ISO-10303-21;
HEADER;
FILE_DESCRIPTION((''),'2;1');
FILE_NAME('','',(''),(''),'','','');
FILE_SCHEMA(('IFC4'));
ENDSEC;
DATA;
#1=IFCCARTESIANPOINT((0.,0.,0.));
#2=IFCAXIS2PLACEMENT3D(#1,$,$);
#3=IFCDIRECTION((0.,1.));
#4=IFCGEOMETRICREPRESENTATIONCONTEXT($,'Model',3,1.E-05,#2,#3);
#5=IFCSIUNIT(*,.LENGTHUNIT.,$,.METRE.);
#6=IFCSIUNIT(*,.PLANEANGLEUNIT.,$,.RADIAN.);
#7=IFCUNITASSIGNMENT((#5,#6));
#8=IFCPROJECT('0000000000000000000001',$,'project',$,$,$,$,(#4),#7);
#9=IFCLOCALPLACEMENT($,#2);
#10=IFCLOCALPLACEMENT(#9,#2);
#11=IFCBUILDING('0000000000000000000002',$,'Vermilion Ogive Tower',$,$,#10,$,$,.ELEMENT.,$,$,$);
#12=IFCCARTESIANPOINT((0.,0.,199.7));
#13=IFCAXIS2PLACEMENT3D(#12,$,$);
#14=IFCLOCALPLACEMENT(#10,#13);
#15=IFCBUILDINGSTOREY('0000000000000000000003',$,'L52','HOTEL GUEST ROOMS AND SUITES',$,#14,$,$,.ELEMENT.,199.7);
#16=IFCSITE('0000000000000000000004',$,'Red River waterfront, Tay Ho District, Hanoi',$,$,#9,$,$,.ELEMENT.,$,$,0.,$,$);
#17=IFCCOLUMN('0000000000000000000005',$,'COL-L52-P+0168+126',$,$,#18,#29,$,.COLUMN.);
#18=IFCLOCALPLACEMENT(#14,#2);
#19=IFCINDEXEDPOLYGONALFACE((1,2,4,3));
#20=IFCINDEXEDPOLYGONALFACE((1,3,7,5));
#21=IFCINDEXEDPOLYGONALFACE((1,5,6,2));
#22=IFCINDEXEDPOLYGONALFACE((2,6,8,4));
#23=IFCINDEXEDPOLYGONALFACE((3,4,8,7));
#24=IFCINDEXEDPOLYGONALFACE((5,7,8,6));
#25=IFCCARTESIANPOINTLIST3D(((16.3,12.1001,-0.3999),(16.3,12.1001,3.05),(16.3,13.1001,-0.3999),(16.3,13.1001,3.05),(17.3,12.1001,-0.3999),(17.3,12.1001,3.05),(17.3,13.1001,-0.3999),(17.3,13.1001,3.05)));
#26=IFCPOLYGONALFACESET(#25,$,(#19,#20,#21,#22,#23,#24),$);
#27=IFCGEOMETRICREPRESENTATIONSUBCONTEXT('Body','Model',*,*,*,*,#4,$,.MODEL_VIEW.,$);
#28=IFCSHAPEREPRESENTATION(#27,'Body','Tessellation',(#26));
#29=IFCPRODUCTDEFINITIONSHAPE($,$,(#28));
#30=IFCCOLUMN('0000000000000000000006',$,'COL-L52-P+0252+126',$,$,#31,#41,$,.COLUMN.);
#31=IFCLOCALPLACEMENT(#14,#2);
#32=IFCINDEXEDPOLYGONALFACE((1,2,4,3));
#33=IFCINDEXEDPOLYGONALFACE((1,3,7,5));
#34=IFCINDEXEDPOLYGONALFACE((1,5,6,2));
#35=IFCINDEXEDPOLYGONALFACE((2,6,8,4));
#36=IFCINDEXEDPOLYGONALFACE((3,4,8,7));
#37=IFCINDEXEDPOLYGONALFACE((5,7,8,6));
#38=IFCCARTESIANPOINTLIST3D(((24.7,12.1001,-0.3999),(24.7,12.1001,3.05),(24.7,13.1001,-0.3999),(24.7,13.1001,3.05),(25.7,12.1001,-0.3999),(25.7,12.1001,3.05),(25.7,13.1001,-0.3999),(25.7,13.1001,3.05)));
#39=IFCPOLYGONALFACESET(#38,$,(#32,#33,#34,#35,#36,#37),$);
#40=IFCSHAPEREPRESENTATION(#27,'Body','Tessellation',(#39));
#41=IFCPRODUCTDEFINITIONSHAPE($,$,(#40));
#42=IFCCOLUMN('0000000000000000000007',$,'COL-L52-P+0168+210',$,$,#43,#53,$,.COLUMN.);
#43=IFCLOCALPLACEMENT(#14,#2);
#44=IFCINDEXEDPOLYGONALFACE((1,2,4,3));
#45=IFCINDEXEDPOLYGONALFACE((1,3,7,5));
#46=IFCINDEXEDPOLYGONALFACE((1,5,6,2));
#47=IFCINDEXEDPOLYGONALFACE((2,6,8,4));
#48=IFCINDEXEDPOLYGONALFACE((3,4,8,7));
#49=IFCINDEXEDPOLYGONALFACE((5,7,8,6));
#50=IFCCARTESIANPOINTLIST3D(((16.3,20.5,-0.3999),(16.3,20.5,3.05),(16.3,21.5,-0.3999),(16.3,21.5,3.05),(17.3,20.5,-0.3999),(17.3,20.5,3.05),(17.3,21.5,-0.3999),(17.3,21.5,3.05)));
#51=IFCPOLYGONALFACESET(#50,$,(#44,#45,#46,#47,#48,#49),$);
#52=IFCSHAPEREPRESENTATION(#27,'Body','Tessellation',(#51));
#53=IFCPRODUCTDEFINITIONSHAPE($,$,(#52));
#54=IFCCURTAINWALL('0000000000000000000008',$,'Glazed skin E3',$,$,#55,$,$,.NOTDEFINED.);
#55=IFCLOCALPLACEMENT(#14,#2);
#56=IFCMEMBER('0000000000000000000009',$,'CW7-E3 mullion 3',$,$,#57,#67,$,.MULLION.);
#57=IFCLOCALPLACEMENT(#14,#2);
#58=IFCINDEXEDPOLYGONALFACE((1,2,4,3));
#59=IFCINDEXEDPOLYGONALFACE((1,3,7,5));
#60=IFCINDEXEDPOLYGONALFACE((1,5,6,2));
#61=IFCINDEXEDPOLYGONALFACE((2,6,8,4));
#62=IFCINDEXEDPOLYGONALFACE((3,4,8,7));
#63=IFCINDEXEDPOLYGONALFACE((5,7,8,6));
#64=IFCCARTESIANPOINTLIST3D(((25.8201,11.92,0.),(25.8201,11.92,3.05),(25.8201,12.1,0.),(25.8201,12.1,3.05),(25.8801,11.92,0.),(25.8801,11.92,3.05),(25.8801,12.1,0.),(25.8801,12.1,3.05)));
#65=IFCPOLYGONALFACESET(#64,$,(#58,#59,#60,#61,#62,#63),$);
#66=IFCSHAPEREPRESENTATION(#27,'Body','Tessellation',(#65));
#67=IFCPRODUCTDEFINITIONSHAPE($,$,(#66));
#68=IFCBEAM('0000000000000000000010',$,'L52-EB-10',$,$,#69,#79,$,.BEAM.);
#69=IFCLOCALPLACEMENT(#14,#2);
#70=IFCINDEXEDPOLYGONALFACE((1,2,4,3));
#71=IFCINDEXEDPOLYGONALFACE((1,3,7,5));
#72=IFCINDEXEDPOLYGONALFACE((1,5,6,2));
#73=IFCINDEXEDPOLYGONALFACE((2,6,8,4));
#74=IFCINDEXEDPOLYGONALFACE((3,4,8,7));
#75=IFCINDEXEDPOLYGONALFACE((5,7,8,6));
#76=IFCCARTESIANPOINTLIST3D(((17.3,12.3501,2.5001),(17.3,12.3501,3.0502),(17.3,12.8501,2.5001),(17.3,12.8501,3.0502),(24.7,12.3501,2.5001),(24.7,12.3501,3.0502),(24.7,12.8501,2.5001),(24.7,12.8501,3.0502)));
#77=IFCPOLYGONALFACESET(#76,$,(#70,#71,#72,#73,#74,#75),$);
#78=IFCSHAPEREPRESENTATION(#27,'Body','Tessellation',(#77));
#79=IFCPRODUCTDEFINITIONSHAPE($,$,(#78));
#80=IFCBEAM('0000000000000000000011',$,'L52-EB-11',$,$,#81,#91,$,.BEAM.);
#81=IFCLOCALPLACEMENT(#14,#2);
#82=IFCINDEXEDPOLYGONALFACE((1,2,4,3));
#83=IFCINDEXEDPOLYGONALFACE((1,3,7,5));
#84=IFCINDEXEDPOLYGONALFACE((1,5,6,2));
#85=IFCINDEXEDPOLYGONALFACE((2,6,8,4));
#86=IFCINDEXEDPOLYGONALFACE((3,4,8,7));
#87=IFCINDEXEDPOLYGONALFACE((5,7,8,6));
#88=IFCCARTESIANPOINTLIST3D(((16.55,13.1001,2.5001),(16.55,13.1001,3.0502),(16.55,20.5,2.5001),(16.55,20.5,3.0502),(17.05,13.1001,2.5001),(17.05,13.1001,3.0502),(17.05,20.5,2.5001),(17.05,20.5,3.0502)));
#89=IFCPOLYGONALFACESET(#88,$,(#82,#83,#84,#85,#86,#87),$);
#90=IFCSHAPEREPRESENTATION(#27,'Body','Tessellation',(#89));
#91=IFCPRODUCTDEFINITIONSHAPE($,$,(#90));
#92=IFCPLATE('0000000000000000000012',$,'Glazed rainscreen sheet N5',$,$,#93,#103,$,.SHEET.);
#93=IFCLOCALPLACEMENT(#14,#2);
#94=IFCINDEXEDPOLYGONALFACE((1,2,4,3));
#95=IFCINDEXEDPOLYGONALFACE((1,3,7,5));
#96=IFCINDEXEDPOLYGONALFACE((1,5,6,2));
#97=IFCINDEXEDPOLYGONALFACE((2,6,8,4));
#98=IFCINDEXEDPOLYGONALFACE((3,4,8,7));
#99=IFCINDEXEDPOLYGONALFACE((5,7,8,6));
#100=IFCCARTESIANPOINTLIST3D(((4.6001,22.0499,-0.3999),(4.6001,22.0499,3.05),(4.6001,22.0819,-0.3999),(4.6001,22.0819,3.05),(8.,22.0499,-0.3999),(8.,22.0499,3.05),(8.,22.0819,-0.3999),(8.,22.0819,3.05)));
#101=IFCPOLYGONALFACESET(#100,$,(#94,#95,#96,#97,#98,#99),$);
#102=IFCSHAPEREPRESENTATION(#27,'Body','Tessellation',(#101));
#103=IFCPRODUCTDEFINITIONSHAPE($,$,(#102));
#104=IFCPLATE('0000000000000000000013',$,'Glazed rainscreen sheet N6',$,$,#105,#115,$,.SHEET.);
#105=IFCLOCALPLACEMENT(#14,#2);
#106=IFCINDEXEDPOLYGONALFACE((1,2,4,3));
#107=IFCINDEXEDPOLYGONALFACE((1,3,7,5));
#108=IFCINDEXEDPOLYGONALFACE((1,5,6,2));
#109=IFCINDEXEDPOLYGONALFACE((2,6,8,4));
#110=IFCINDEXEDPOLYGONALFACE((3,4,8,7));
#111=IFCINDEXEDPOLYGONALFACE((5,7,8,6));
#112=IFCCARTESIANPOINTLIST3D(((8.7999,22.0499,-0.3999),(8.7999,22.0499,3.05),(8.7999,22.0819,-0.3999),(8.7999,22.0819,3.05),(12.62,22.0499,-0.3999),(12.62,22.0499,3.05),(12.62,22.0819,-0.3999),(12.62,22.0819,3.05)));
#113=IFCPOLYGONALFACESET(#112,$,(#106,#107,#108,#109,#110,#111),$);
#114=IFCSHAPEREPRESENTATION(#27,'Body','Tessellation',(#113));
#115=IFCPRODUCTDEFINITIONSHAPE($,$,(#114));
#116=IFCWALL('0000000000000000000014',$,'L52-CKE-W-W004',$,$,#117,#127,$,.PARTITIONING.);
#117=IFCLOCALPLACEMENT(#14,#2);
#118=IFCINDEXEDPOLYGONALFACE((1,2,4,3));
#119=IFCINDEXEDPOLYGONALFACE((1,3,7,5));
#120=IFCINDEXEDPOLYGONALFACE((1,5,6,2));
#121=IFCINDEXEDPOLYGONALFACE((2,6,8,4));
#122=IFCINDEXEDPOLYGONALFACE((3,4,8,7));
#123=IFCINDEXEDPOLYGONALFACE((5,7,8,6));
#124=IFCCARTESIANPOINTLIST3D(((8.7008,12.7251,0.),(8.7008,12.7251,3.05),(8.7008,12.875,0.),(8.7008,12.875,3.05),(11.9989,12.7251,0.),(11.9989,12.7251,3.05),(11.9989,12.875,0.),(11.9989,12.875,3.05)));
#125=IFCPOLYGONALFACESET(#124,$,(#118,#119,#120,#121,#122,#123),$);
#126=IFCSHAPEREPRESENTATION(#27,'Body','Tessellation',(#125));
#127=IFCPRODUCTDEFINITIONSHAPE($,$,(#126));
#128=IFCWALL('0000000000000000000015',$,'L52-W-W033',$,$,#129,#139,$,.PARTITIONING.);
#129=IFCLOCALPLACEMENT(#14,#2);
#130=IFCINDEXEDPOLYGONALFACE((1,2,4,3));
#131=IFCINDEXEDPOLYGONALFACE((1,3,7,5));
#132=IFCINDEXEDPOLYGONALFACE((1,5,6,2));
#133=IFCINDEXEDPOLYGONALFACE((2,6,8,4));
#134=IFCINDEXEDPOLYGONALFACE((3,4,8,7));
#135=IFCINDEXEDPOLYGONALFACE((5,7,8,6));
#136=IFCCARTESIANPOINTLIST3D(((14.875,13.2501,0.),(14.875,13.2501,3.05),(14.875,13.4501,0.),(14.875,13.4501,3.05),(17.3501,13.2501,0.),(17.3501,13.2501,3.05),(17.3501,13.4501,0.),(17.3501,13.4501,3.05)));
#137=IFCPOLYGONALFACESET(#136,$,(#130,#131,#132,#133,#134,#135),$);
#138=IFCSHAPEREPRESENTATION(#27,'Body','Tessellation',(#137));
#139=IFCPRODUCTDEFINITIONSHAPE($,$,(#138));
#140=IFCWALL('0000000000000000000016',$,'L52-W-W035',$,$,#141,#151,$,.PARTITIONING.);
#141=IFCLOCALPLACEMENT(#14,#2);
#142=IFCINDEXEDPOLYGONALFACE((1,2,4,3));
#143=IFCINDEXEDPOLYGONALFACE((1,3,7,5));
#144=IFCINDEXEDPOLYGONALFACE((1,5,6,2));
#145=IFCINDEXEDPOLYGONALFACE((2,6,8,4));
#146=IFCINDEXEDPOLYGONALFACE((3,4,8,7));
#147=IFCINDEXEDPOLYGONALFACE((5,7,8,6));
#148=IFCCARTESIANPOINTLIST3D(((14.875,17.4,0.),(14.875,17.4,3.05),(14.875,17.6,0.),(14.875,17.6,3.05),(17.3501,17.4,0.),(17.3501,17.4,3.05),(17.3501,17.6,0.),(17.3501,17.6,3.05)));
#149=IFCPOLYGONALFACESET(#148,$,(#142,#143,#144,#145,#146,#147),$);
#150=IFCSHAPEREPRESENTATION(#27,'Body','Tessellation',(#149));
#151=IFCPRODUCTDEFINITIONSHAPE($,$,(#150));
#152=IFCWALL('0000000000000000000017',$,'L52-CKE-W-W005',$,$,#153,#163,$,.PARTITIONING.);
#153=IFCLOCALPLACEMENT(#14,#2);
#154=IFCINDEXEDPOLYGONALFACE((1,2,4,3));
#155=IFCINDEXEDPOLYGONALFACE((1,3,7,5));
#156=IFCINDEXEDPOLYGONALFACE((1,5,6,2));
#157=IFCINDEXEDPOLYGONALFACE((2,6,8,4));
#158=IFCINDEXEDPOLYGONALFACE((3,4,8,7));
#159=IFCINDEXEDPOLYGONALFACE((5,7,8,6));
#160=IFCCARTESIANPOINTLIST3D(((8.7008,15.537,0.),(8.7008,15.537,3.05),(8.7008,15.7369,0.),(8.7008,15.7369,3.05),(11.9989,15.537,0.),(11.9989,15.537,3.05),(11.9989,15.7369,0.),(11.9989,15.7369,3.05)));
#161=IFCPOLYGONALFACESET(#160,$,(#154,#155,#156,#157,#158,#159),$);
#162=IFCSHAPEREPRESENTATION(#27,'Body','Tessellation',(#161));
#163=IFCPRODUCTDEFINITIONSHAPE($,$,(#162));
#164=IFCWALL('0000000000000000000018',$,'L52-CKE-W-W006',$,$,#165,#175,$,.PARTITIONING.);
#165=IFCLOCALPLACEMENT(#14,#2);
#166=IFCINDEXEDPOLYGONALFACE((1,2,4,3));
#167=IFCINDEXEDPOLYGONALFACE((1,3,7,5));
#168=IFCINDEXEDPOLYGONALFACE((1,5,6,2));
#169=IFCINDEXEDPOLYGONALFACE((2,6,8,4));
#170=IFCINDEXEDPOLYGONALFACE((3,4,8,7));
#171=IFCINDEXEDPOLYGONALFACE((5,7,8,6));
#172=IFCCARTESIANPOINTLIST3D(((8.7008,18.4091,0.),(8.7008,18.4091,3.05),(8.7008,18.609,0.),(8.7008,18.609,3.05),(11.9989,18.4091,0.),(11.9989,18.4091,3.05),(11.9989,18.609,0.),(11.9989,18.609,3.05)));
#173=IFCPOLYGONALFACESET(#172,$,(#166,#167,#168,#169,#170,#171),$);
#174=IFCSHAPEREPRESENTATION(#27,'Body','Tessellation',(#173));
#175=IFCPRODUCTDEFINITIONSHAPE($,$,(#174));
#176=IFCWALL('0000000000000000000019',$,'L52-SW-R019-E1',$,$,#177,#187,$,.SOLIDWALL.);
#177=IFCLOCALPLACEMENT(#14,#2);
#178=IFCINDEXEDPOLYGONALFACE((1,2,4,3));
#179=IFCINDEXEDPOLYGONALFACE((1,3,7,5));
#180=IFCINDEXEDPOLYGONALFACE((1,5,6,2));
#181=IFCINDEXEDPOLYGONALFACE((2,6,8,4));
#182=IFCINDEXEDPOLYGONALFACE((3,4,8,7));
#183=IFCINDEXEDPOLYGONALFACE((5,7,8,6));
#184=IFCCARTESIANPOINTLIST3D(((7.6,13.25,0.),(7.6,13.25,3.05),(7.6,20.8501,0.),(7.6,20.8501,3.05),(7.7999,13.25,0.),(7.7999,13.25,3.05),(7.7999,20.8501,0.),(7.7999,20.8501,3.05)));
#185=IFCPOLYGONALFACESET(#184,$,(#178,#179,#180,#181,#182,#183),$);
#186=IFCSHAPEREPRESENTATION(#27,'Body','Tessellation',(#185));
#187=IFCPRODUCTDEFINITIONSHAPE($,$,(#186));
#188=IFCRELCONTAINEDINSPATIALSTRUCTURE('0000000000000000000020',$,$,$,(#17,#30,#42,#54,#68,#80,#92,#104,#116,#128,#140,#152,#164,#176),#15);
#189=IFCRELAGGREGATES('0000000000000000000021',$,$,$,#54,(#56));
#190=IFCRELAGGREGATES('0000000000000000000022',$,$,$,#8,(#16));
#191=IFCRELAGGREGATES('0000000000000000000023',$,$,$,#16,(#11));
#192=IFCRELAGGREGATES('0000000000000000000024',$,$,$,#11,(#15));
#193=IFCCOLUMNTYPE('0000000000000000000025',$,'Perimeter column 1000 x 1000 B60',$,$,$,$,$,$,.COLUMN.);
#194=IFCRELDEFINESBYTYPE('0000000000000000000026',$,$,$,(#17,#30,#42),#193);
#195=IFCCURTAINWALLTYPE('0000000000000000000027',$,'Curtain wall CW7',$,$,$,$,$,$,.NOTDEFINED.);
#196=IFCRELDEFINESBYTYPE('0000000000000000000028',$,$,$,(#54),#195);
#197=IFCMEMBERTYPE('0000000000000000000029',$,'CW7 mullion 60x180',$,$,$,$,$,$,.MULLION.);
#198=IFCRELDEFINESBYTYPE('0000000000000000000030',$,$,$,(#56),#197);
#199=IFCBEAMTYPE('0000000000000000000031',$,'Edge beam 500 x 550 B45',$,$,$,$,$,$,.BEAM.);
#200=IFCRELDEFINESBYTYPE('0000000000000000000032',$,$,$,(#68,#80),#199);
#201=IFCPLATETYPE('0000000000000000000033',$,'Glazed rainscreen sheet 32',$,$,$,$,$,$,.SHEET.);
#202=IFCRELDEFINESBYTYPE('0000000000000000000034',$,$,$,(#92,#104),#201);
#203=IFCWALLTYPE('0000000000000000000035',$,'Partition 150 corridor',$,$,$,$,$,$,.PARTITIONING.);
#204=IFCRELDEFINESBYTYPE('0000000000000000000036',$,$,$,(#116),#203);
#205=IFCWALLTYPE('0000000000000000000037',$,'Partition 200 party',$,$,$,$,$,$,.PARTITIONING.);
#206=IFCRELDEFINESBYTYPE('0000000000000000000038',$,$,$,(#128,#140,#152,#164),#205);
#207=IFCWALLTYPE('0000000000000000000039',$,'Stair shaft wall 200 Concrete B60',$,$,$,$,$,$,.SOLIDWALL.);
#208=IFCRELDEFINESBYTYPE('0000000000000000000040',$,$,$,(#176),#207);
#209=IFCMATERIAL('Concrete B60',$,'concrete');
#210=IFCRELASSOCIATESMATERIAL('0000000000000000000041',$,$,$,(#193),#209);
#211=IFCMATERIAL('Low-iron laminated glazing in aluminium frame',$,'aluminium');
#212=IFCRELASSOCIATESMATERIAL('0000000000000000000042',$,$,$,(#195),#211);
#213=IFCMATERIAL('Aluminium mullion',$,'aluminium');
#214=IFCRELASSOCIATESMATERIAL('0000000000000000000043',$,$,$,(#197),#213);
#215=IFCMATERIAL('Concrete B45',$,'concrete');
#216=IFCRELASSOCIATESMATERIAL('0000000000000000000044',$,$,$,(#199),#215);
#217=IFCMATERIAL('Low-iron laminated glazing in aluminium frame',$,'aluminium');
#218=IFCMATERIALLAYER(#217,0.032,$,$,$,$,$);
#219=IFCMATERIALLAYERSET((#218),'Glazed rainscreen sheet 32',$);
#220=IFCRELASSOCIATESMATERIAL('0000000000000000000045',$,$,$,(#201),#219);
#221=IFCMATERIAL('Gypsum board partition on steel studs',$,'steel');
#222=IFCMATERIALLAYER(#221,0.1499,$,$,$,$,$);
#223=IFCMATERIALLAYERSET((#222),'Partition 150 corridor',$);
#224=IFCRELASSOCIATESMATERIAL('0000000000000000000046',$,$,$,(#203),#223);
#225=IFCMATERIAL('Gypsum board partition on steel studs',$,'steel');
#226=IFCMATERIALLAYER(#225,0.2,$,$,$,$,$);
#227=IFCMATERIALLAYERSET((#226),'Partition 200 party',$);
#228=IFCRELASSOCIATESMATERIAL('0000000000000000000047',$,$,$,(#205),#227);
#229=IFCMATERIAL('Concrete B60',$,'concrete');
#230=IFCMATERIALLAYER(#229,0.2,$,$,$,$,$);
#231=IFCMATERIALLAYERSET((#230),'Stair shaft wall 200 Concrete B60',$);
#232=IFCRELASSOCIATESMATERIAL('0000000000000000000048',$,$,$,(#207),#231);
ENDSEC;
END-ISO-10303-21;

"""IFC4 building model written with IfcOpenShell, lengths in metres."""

from ifc_helpers import new_model, si_unit, direction, frame, frame_2d, origin, origin_2d, place, context, subcontext, project, spatial, rectangle, extrude, material, layer, layer_set, material_profile, profile_set, type_object, element, aggregate, save


model = new_model("IFC4")

# Units and contexts
model_context = context("Model", 3, precision=1e-05, world=origin(), true_north=direction((0.0, 1.0)))
body_context = subcontext(model_context, "Body", "Model", "MODEL_VIEW")
ifc_project = project(units=[si_unit("LENGTHUNIT", "METRE"), si_unit("PLANEANGLEUNIT", "RADIAN")], contexts=[model_context])

# Site, building, storey
site_placement = place(None, origin())
site = spatial("IfcSite", under=ifc_project, at=site_placement, Name="Red River waterfront, Tay Ho District, Hanoi", CompositionType="ELEMENT", RefElevation=0.0)
building_placement = place(site_placement, origin())
building = spatial("IfcBuilding", under=site, at=building_placement, Name="Vermilion Ogive Tower", CompositionType="ELEMENT")
storey_placement = place(building_placement, frame((0.0, 0.0, 199.7)))
storey = spatial("IfcBuildingStorey", under=building, at=storey_placement, Name="L52", Description="HOTEL GUEST ROOMS AND SUITES", CompositionType="ELEMENT", Elevation=199.7)

# Columns
ifc_material_1 = material(Name="Concrete B60", Category="concrete")
ifc_material_profile_1 = material_profile(ifc_material_1, rectangle(XDim=1.0, YDim=1.0, at=origin_2d()), Name="1000 x 1000")
ifc_profile_set_1 = profile_set([ifc_material_profile_1], Name="Concrete B60")
column_type = type_object("IfcColumnType", Name="Perimeter column 1000 x 1000 B60", PredefinedType="COLUMN", material=ifc_profile_set_1)
for number, where, z_axis, x_axis, name in (
    (1, (16.8, 12.6001, -0.3999), (0.0, 0.0, 1.0), (1.0, 0.0, 0.0), "COL-L52-P+0168+126"),
    (2, (25.2, 12.6001, -0.3999), (0.0, 0.0, 1.0), (1.0, 0.0, 0.0), "COL-L52-P+0252+126"),
    (3, (16.8, 21.0, -0.3999), (0.0, 0.0, 1.0), (1.0, 0.0, 0.0), "COL-L52-P+0168+210"),
):
    element("IfcColumn", number, at=place(storey_placement, frame(where, z_axis=z_axis, x_axis=x_axis)), inside=storey, type_object=column_type, Name=name, PredefinedType="COLUMN", context=body_context, shape_type="SweptSolid", body=[
        extrude(rectangle(XDim=1.0, YDim=1.0, at=origin_2d()), origin(), (0.0, 0.0, 1.0), 3.45),
    ])

# Curtain wall, member
ifc_material_2 = material(Name="Low-iron laminated glazing in aluminium frame", Category="aluminium")
curtain_wall_type = type_object("IfcCurtainWallType", Name="Curtain wall CW7", PredefinedType="NOTDEFINED", material=ifc_material_2)
curtain_wall_placement = place(storey_placement, origin())
curtain_wall = element("IfcCurtainWall", 4, at=curtain_wall_placement, inside=storey, type_object=curtain_wall_type, Name="Glazed skin E3", PredefinedType="NOTDEFINED")
ifc_material_3 = material(Name="Aluminium mullion", Category="aluminium")
ifc_material_profile_2 = material_profile(ifc_material_3, rectangle(XDim=0.0601, YDim=0.1799, at=origin_2d()), Name="AL 60x180")
ifc_profile_set_2 = profile_set([ifc_material_profile_2], Name="Aluminium mullion")
member_type = type_object("IfcMemberType", Name="CW7 mullion 60x180", PredefinedType="MULLION", material=ifc_profile_set_2)
member_placement = place(storey_placement, frame((25.8501, 12.01, 0.0), z_axis=(0.0, 0.0, 1.0), x_axis=(-1.0, 0.0, 0.0)))
member = element("IfcMember", 5, at=member_placement, type_object=member_type, Name="CW7-E3 mullion 3", PredefinedType="MULLION", context=body_context, shape_type="SweptSolid", body=[
    extrude(rectangle(XDim=0.0601, YDim=0.1799, at=origin_2d()), origin(), (0.0, 0.0, 1.0), 3.05),
])
aggregate(curtain_wall, [member])

# Beams
ifc_material_4 = material(Name="Concrete B45", Category="concrete")
ifc_material_profile_3 = material_profile(ifc_material_4, rectangle(XDim=0.5, YDim=0.55, at=origin_2d()), Name="500 x 550")
ifc_profile_set_3 = profile_set([ifc_material_profile_3], Name="Concrete B45")
beam_type = type_object("IfcBeamType", Name="Edge beam 500 x 550 B45", PredefinedType="BEAM", material=ifc_profile_set_3)
for number, where, z_axis, x_axis, name in (
    (6, (24.7, 12.6001, 2.7751), (-1.0, 0.0, 0.0), (0.0, -1.0, 0.0), "L52-EB-10"),
    (7, (16.8, 13.1001, 2.7751), (0.0, 1.0, 0.0), (-1.0, 0.0, 0.0), "L52-EB-11"),
):
    element("IfcBeam", number, at=place(storey_placement, frame(where, z_axis=z_axis, x_axis=x_axis)), inside=storey, type_object=beam_type, Name=name, PredefinedType="BEAM", context=body_context, shape_type="SweptSolid", body=[
        extrude(rectangle(XDim=0.5, YDim=0.55, at=origin_2d()), origin(), (0.0, 0.0, 1.0), 7.3999),
    ])

# Plates
ifc_material_5 = material(Name="Low-iron laminated glazing in aluminium frame", Category="aluminium")
ifc_layer_1 = layer(ifc_material_5, 0.032)
ifc_layer_set_1 = layer_set([ifc_layer_1], Name="Glazed rainscreen sheet 32")
plate_type = type_object("IfcPlateType", Name="Glazed rainscreen sheet 32", PredefinedType="SHEET", material=ifc_layer_set_1)
plate_1_placement = place(storey_placement, frame((6.3, 22.0659, -0.3999), z_axis=(0.0, 0.0, 1.0), x_axis=(1.0, 0.0, 0.0)))
element("IfcPlate", 8, at=plate_1_placement, inside=storey, type_object=plate_type, Name="Glazed rainscreen sheet N5", PredefinedType="SHEET", context=body_context, shape_type="SweptSolid", body=[
    extrude(rectangle(XDim=3.3999, YDim=0.032, at=origin_2d()), origin(), (0.0, 0.0, 1.0), 3.45),
])
plate_2_placement = place(storey_placement, frame((10.71, 22.0659, -0.3999), z_axis=(0.0, 0.0, 1.0), x_axis=(1.0, 0.0, 0.0)))
element("IfcPlate", 9, at=plate_2_placement, inside=storey, type_object=plate_type, Name="Glazed rainscreen sheet N6", PredefinedType="SHEET", context=body_context, shape_type="SweptSolid", body=[
    extrude(rectangle(XDim=3.8201, YDim=0.032, at=origin_2d()), origin(), (0.0, 0.0, 1.0), 3.45),
])

# Walls
ifc_material_6 = material(Name="Gypsum board partition on steel studs", Category="steel")
ifc_layer_2 = layer(ifc_material_6, 0.1499)
ifc_layer_set_2 = layer_set([ifc_layer_2], Name="Partition 150 corridor")
wall_type_1 = type_object("IfcWallType", Name="Partition 150 corridor", PredefinedType="PARTITIONING", material=ifc_layer_set_2)
wall_1_placement = place(storey_placement, frame((8.7009, 12.8, 0.0), z_axis=(0.0, 0.0, 1.0), x_axis=(1.0, 0.0, 0.0)))
element("IfcWall", 10, at=wall_1_placement, inside=storey, type_object=wall_type_1, Name="L52-CKE-W-W004", PredefinedType="PARTITIONING", context=body_context, shape_type="SweptSolid", body=[
    extrude(rectangle(XDim=3.2981, YDim=0.1499, at=frame_2d((1.6489, 0.0))), origin(), (0.0, 0.0, 1.0), 3.05),
])
ifc_material_7 = material(Name="Gypsum board partition on steel studs", Category="steel")
ifc_layer_3 = layer(ifc_material_7, 0.2)
ifc_layer_set_3 = layer_set([ifc_layer_3], Name="Partition 200 party")
wall_type_2 = type_object("IfcWallType", Name="Partition 200 party", PredefinedType="PARTITIONING", material=ifc_layer_set_3)
for number, where, z_axis, x_axis, name in (
    (11, (14.875, 13.3501, 0.0), (0.0, 0.0, 1.0), (1.0, 0.0, 0.0), "L52-W-W033"),
    (12, (14.875, 17.5, 0.0), (0.0, 0.0, 1.0), (1.0, 0.0, 0.0), "L52-W-W035"),
):
    element("IfcWall", number, at=place(storey_placement, frame(where, z_axis=z_axis, x_axis=x_axis)), inside=storey, type_object=wall_type_2, Name=name, PredefinedType="PARTITIONING", context=body_context, shape_type="SweptSolid", body=[
        extrude(rectangle(XDim=2.4751, YDim=0.2, at=frame_2d((1.2375, 0.0))), origin(), (0.0, 0.0, 1.0), 3.05),
    ])
for number, where, z_axis, x_axis, name in (
    (13, (8.7009, 15.637, 0.0), (0.0, 0.0, 1.0), (1.0, 0.0, 0.0), "L52-CKE-W-W005"),
    (14, (8.7009, 18.509, 0.0), (0.0, 0.0, 1.0), (1.0, 0.0, 0.0), "L52-CKE-W-W006"),
):
    element("IfcWall", number, at=place(storey_placement, frame(where, z_axis=z_axis, x_axis=x_axis)), inside=storey, type_object=wall_type_2, Name=name, PredefinedType="PARTITIONING", context=body_context, shape_type="SweptSolid", body=[
        extrude(rectangle(XDim=3.2981, YDim=0.2, at=frame_2d((1.6489, 0.0))), origin(), (0.0, 0.0, 1.0), 3.05),
    ])
ifc_material_8 = material(Name="Concrete B60", Category="concrete")
ifc_layer_4 = layer(ifc_material_8, 0.2)
ifc_layer_set_4 = layer_set([ifc_layer_4], Name="Stair shaft wall 200 Concrete B60")
wall_type_3 = type_object("IfcWallType", Name="Stair shaft wall 200 Concrete B60", PredefinedType="SOLIDWALL", material=ifc_layer_set_4)
wall_2_placement = place(storey_placement, frame((7.7, 13.25, 0.0), z_axis=(0.0, 0.0, 1.0), x_axis=(0.0, 1.0, 0.0)))
element("IfcWall", 15, at=wall_2_placement, inside=storey, type_object=wall_type_3, Name="L52-SW-R019-E1", PredefinedType="SOLIDWALL", context=body_context, shape_type="SweptSolid", body=[
    extrude(rectangle(XDim=7.6001, YDim=0.2, at=frame_2d((3.8, 0.0))), origin(), (0.0, 0.0, 1.0), 3.05),
])

save(model, "model.ifc")
